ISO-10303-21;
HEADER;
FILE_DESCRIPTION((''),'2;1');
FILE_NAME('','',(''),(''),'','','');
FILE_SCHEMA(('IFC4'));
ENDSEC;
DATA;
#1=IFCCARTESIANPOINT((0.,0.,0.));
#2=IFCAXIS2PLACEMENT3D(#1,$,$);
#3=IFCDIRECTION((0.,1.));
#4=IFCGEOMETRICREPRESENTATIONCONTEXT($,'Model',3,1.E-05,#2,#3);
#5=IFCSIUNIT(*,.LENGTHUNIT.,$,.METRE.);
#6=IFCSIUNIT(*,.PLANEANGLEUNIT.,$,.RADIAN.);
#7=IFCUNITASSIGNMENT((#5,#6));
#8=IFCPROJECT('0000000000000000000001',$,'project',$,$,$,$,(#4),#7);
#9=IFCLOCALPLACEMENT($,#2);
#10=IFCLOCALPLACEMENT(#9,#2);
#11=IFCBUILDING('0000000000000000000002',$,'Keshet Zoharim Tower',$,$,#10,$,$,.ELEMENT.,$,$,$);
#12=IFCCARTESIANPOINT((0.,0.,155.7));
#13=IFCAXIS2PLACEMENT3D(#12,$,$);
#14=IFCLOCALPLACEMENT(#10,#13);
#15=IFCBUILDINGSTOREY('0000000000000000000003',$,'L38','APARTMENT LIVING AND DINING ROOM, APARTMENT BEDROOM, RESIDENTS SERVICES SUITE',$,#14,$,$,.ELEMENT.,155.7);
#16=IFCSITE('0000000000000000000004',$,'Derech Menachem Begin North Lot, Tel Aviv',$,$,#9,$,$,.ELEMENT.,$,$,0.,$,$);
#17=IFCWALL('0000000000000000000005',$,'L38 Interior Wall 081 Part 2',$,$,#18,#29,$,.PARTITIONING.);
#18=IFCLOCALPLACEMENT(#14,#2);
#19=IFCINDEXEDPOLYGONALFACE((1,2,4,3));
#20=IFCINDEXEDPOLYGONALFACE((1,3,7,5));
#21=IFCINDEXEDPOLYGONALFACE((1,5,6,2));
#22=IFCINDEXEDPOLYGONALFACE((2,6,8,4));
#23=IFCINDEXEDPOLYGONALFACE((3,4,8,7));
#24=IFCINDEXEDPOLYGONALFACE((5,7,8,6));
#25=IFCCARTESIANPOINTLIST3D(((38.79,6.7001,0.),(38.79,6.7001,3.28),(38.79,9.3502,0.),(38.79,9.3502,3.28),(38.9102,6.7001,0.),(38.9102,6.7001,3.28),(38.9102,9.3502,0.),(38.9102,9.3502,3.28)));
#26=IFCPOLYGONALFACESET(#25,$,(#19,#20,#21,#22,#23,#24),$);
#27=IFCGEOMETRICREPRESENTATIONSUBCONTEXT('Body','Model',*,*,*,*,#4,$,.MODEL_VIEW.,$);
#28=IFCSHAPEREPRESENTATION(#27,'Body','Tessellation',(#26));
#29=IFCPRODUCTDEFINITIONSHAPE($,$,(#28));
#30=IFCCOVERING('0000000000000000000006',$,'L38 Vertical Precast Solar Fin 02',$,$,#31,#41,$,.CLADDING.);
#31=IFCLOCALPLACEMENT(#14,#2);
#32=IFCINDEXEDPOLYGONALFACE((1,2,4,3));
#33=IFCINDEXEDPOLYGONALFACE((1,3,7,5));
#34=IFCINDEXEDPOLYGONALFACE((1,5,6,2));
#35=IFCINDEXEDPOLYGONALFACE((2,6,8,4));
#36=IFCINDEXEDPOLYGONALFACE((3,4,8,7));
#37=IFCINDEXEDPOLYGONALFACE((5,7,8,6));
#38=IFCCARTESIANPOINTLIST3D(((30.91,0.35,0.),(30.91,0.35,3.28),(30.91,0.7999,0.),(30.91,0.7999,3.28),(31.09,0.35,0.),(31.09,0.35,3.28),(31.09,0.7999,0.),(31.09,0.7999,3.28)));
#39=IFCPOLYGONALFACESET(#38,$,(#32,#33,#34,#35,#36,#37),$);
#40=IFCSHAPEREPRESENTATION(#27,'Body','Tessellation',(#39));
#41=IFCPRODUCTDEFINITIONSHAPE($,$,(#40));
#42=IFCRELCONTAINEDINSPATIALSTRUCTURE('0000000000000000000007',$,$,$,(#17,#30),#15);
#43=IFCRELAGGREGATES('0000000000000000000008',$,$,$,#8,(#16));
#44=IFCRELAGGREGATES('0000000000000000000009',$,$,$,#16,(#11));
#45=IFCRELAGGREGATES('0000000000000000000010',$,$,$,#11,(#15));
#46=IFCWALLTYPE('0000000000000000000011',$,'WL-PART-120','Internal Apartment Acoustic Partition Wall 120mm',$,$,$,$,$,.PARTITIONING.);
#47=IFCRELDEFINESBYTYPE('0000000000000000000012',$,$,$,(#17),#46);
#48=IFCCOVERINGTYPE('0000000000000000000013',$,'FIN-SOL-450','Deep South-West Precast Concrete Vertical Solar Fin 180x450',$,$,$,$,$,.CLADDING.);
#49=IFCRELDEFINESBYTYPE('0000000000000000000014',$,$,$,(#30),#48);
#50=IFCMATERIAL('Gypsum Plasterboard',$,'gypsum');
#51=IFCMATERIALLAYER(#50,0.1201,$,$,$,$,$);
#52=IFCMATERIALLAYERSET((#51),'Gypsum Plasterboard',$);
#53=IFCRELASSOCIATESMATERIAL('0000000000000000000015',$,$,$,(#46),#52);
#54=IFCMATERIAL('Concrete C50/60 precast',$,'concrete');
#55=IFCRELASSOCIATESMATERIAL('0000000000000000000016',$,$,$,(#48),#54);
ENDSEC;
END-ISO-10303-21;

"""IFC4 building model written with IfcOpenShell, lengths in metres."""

from ifc_helpers import new_model, si_unit, direction, frame, frame_2d, origin, origin_2d, place, context, subcontext, project, spatial, rectangle, extrude, material, layer, layer_set, type_object, element, save


model = new_model("IFC4")

# Units and contexts
model_context = context("Model", 3, precision=1e-05, world=origin(), true_north=direction((0.0, 1.0)))
body_context = subcontext(model_context, "Body", "Model", "MODEL_VIEW")
ifc_project = project(units=[si_unit("LENGTHUNIT", "METRE"), si_unit("PLANEANGLEUNIT", "RADIAN")], contexts=[model_context])

# Site, building, storey
site_placement = place(None, origin())
site = spatial("IfcSite", under=ifc_project, at=site_placement, Name="Derech Menachem Begin North Lot, Tel Aviv", CompositionType="ELEMENT", RefElevation=0.0)
building_placement = place(site_placement, origin())
building = spatial("IfcBuilding", under=site, at=building_placement, Name="Keshet Zoharim Tower", CompositionType="ELEMENT")
storey_placement = place(building_placement, frame((0.0, 0.0, 155.7)))
storey = spatial("IfcBuildingStorey", under=building, at=storey_placement, Name="L38", Description="APARTMENT LIVING AND DINING ROOM, APARTMENT BEDROOM, RESIDENTS SERVICES SUITE", CompositionType="ELEMENT", Elevation=155.7)

# Shared definitions
ifc_material_1 = material(Name="Gypsum Plasterboard", Category="gypsum")
ifc_layer_1 = layer(ifc_material_1, 0.1201)
ifc_layer_set_1 = layer_set([ifc_layer_1], Name="Gypsum Plasterboard")
wall_type = type_object("IfcWallType", Name="WL-PART-120", Description="Internal Apartment Acoustic Partition Wall 120mm", PredefinedType="PARTITIONING", material=ifc_layer_set_1)

# Wall
wall_1_placement = place(storey_placement, frame((38.8501, 6.7, 0.0), z_axis=(0.0, 0.0, 1.0), x_axis=(0.0, 1.0, 0.0)))
element("IfcWall", 1, at=wall_1_placement, inside=storey, type_object=wall_type, Name="L38 Interior Wall 081 Part 2", PredefinedType="PARTITIONING", context=body_context, shape_type="SweptSolid", body=[
    extrude(rectangle(XDim=2.6501, YDim=0.1201, at=frame_2d((1.3252, 0.0))), origin(), (0.0, 0.0, 1.0), 3.28),
])

# Covering
ifc_material_2 = material(Name="Concrete C50/60 precast", Category="concrete")
covering_type = type_object("IfcCoveringType", Name="FIN-SOL-450", Description="Deep South-West Precast Concrete Vertical Solar Fin 180x450", PredefinedType="CLADDING", material=ifc_material_2)
covering_placement = place(storey_placement, frame((31.0, 0.575, 0.0), z_axis=(0.0, 0.0, 1.0), x_axis=(-1.0, 0.0, 0.0)))
element("IfcCovering", 2, at=covering_placement, inside=storey, type_object=covering_type, Name="L38 Vertical Precast Solar Fin 02", PredefinedType="CLADDING", context=body_context, shape_type="SweptSolid", body=[
    extrude(rectangle(XDim=0.1799, YDim=0.45, at=origin_2d()), origin(), (0.0, 0.0, 1.0), 3.28),
])

save(model, "model.ifc")
